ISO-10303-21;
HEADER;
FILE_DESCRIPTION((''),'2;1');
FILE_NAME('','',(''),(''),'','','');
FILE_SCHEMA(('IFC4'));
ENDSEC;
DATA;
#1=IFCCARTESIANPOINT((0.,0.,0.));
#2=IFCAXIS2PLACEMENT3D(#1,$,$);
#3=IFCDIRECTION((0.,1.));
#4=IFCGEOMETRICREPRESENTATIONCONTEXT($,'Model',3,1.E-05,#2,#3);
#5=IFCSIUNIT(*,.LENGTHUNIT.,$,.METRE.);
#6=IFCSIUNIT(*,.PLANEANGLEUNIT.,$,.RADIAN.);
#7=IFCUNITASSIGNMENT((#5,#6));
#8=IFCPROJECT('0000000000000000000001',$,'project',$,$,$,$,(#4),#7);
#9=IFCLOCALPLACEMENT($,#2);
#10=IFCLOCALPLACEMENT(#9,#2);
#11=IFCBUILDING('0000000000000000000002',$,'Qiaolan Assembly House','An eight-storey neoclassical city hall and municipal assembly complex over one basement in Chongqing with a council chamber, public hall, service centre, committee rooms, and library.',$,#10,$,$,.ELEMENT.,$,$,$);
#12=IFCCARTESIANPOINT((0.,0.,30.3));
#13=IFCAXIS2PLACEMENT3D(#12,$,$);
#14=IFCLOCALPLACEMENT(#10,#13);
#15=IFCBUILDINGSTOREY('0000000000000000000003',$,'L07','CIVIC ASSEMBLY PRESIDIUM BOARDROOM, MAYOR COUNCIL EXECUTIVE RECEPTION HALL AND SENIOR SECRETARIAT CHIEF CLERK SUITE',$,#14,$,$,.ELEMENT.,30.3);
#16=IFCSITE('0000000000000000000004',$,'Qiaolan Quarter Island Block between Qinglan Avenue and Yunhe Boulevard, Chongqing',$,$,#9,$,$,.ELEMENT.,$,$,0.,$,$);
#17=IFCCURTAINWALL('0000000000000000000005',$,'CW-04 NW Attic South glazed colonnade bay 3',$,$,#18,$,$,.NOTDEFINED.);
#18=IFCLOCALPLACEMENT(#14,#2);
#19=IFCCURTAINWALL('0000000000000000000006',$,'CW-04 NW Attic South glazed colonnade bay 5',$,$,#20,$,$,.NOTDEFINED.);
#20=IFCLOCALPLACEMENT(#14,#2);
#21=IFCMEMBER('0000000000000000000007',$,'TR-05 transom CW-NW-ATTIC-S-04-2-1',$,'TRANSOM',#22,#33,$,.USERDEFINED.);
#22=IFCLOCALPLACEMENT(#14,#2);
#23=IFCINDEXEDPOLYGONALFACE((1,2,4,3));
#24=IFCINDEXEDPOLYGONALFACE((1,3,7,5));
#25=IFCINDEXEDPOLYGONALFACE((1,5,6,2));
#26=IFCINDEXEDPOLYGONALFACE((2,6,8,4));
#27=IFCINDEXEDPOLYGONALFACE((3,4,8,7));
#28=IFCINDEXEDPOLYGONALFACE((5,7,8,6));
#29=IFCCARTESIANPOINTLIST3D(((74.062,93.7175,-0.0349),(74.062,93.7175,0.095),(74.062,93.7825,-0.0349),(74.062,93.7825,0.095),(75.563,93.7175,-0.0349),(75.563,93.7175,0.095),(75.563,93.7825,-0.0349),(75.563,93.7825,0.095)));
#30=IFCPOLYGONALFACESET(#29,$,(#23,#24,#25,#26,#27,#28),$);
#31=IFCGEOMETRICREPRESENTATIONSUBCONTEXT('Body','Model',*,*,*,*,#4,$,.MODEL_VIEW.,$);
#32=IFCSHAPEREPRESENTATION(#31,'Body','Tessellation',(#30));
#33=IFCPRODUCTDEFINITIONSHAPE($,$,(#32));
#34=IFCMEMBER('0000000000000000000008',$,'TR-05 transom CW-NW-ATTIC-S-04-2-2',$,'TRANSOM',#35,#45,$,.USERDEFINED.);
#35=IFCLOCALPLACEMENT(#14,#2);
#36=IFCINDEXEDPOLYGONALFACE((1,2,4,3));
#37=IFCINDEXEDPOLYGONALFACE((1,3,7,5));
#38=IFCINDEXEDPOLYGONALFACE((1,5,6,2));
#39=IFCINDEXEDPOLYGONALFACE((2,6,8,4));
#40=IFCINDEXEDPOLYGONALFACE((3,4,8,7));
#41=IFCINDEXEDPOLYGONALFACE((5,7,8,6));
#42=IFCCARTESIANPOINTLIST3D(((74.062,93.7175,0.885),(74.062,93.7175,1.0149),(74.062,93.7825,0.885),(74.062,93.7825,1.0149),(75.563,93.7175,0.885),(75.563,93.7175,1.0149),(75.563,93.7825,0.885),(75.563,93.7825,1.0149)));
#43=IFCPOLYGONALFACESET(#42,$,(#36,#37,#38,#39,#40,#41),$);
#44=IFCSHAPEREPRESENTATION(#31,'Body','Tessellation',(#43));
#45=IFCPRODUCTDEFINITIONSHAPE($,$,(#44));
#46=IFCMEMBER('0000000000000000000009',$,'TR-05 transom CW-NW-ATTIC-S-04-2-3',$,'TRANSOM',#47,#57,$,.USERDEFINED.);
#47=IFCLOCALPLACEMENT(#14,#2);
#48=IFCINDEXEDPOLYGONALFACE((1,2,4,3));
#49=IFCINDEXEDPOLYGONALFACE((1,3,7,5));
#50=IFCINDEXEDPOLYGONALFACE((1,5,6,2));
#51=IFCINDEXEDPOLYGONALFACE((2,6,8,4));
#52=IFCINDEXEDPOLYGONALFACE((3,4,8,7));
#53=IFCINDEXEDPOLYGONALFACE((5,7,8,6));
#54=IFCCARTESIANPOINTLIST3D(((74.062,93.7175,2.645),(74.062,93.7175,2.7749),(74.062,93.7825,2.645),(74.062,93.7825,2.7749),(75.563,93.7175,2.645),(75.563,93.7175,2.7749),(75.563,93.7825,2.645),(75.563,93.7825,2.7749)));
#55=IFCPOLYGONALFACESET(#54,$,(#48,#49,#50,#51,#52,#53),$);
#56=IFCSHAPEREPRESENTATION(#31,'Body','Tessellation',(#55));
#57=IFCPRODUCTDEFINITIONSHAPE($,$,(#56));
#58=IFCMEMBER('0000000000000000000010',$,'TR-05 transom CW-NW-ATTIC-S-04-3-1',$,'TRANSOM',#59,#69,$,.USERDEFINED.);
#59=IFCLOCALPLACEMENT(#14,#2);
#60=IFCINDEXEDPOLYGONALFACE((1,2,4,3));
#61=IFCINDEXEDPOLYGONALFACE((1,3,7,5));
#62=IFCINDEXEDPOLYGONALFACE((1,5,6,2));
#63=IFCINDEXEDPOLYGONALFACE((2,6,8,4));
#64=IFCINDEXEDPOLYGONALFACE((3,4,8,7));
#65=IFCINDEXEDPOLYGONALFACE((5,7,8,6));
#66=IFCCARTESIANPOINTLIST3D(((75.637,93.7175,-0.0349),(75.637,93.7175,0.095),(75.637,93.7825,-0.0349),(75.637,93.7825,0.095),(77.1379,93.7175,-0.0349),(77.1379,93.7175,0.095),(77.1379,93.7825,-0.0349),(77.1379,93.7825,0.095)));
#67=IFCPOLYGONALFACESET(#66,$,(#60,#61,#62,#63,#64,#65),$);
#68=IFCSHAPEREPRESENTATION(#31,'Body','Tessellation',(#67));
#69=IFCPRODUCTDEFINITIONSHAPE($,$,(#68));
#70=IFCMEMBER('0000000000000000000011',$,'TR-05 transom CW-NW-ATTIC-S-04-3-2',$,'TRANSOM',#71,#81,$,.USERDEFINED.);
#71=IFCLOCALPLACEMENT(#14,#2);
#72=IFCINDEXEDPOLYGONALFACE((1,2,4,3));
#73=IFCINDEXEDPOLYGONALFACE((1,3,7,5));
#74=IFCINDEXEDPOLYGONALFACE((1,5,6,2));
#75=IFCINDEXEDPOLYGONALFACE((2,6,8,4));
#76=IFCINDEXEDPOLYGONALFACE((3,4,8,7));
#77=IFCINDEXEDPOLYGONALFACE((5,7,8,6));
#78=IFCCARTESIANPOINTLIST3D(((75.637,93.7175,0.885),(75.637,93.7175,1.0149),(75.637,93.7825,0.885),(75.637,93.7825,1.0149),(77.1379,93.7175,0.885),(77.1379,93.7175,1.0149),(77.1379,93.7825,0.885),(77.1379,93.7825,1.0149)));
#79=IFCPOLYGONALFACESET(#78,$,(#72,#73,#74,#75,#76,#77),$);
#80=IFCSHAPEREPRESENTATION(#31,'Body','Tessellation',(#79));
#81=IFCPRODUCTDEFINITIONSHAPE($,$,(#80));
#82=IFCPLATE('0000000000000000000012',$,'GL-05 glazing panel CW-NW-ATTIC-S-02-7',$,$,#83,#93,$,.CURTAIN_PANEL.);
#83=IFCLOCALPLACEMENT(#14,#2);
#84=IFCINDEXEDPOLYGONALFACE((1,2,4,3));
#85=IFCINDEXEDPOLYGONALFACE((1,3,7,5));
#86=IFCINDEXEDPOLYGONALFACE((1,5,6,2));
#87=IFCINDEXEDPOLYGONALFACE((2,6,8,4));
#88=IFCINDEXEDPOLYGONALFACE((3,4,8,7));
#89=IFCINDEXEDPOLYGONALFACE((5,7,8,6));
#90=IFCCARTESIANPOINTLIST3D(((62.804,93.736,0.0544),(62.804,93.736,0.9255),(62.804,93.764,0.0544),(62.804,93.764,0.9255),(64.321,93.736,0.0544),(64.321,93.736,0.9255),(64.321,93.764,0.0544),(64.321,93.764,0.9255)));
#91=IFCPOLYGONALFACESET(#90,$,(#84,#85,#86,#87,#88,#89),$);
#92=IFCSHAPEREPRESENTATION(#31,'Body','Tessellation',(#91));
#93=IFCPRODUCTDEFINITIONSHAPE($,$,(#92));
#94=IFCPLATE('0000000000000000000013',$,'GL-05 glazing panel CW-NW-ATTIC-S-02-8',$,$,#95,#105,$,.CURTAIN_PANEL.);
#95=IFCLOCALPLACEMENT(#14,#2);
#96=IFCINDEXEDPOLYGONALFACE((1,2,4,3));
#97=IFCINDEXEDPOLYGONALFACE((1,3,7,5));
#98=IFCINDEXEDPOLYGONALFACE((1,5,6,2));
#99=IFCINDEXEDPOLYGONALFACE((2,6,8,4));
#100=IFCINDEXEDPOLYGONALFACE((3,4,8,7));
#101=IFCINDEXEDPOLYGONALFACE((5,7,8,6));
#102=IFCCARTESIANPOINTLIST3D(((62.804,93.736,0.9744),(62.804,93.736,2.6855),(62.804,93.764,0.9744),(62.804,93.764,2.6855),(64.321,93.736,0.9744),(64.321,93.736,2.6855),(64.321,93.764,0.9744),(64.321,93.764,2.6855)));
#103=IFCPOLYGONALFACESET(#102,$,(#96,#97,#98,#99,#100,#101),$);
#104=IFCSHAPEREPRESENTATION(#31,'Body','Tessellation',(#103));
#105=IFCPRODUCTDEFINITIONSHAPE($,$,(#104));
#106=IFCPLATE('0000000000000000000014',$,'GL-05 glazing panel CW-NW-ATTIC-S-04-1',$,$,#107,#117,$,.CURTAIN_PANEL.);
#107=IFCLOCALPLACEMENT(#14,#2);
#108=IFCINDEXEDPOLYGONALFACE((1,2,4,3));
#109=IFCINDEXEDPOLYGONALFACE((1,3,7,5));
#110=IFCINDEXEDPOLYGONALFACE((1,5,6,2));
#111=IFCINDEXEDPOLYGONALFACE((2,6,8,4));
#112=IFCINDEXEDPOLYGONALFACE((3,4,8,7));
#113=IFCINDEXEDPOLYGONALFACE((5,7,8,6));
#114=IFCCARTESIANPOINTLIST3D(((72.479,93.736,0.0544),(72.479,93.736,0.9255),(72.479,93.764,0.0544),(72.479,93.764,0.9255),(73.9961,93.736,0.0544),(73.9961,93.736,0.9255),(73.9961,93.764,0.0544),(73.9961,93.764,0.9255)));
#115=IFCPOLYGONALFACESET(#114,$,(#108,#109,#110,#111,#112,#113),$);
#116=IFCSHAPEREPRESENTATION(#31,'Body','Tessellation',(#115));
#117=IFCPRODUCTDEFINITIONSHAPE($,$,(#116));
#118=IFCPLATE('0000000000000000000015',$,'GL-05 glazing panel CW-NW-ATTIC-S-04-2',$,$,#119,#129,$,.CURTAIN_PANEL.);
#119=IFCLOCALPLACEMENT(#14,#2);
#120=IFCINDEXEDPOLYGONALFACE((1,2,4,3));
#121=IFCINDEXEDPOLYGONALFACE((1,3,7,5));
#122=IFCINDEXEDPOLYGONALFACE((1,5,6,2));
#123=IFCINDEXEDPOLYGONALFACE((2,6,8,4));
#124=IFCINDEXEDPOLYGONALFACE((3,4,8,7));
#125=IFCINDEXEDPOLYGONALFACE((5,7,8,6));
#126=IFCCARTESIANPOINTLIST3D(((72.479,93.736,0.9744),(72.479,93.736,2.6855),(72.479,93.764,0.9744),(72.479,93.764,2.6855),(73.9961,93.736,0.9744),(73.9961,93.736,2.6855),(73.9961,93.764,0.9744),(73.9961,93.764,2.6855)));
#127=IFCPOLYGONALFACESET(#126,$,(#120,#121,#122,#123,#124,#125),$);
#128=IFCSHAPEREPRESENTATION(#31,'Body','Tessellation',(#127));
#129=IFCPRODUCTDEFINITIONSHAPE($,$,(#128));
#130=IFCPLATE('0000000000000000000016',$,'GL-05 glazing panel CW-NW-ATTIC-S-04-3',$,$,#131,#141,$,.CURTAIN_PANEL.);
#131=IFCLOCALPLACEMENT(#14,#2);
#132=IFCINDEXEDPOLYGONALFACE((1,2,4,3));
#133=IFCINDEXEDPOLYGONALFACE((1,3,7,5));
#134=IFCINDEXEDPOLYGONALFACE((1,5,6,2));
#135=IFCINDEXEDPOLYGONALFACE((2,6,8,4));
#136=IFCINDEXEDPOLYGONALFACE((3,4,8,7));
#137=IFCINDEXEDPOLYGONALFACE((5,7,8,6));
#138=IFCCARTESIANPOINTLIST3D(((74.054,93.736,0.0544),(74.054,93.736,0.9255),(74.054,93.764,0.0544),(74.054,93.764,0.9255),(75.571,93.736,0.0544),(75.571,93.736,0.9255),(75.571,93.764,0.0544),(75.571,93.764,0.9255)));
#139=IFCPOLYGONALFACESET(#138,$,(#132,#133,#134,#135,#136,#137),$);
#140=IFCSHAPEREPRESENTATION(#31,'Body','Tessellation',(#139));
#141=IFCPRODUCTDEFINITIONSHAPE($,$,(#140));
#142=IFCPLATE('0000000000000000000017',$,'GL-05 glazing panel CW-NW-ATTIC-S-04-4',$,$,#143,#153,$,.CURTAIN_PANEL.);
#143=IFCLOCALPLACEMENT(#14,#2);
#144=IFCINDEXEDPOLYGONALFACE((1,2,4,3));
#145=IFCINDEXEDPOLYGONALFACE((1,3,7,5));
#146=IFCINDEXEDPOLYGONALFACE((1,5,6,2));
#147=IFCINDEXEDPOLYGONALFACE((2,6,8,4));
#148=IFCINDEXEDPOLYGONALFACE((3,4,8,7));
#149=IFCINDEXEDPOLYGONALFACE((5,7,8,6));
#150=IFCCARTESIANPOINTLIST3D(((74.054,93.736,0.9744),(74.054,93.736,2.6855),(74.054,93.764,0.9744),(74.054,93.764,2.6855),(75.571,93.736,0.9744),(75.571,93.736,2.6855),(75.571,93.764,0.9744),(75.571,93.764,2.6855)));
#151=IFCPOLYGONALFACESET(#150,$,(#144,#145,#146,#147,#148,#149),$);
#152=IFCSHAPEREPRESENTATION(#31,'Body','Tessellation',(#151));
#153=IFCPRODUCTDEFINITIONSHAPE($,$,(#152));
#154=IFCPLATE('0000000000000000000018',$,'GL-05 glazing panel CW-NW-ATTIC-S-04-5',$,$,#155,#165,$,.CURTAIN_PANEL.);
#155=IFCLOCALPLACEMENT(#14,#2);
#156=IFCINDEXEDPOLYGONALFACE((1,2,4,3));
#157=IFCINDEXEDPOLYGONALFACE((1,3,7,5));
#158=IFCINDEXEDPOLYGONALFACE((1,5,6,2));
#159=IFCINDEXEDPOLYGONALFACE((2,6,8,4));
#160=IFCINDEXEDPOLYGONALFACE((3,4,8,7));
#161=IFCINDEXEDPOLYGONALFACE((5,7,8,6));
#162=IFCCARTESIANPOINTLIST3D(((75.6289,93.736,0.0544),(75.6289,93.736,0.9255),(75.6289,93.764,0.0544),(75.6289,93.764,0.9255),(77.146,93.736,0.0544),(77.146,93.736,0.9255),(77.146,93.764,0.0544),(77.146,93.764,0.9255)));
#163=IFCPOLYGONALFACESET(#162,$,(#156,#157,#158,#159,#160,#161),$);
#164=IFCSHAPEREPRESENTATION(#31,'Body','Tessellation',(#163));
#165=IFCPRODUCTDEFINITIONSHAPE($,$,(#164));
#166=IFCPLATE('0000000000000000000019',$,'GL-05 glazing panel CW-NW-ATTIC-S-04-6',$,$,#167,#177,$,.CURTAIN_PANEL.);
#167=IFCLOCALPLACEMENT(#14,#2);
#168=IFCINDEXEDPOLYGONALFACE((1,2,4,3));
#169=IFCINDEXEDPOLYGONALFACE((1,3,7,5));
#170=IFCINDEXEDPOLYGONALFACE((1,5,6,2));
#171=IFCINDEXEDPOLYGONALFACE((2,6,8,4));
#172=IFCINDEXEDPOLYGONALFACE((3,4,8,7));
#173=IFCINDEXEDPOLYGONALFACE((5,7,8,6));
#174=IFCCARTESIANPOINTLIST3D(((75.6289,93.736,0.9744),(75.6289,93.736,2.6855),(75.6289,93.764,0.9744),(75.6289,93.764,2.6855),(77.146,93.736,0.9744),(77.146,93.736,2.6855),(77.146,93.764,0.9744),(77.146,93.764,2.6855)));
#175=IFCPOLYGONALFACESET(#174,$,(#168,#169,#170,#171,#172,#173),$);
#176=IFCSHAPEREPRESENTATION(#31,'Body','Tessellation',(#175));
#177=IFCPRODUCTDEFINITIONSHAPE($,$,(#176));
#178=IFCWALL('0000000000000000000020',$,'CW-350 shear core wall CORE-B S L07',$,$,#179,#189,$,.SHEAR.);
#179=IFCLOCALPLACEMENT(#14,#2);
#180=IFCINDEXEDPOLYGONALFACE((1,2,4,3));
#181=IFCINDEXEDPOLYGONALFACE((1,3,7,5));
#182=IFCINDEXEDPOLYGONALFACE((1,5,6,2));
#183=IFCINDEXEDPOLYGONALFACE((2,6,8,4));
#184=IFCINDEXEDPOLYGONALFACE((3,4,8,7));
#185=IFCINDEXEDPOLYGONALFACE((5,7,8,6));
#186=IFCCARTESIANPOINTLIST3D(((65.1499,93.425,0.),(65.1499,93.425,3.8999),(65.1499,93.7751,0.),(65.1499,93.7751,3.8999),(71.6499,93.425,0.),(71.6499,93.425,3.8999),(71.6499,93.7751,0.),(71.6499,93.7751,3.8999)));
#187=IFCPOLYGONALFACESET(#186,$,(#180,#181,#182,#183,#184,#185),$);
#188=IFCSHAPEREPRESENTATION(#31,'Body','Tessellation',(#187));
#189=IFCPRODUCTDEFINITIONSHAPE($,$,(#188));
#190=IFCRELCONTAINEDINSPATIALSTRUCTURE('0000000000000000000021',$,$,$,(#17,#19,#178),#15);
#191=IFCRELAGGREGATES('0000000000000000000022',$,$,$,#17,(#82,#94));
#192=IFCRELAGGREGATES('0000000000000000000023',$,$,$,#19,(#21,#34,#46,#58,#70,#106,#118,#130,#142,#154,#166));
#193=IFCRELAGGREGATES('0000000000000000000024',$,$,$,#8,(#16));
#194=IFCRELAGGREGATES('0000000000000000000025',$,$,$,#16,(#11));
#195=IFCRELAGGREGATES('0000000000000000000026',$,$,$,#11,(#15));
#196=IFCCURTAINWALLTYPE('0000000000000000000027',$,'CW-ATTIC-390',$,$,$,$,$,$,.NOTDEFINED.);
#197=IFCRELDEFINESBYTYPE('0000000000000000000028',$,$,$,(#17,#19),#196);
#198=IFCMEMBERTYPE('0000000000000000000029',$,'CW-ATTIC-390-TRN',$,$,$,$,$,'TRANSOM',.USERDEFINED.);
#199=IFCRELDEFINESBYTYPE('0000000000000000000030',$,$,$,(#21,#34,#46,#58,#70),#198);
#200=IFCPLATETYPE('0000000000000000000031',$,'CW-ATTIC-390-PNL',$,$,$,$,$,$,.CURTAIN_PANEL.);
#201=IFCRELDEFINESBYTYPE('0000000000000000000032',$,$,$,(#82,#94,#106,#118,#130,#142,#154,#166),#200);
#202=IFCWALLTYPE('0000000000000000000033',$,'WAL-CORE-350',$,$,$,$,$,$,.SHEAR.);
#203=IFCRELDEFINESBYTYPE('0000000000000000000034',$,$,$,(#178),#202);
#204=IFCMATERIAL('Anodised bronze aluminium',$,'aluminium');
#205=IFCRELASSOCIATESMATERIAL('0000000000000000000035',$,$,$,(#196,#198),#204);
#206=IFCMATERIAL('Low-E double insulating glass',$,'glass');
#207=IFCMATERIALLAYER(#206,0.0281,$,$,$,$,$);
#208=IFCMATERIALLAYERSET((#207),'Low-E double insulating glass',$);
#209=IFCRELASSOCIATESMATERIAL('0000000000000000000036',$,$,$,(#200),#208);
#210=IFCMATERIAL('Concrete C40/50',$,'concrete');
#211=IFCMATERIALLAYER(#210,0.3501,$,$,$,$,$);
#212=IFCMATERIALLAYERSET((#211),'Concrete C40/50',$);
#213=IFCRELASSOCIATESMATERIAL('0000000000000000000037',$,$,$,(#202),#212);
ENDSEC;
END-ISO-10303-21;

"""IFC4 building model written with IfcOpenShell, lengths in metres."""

from ifc_helpers import new_model, si_unit, direction, frame, frame_2d, origin, origin_2d, place, context, subcontext, project, spatial, rectangle, extrude, material, layer, layer_set, material_profile, profile_set, type_object, element, aggregate, save


model = new_model("IFC4")

# Units and contexts
model_context = context("Model", 3, precision=1e-05, world=origin(), true_north=direction((0.0, 1.0)))
body_context = subcontext(model_context, "Body", "Model", "MODEL_VIEW")
ifc_project = project(units=[si_unit("LENGTHUNIT", "METRE"), si_unit("PLANEANGLEUNIT", "RADIAN")], contexts=[model_context])

# Site, building, storey
site_placement = place(None, origin())
site = spatial("IfcSite", under=ifc_project, at=site_placement, Name="Qiaolan Quarter Island Block between Qinglan Avenue and Yunhe Boulevard, Chongqing", CompositionType="ELEMENT", RefElevation=0.0)
building_placement = place(site_placement, origin())
building = spatial("IfcBuilding", under=site, at=building_placement, Name="Qiaolan Assembly House", Description="An eight-storey neoclassical city hall and municipal assembly complex over one basement in Chongqing with a council chamber, public hall, service centre, committee rooms, and library.", CompositionType="ELEMENT")
storey_placement = place(building_placement, frame((0.0, 0.0, 30.3)))
storey = spatial("IfcBuildingStorey", under=building, at=storey_placement, Name="L07", Description="CIVIC ASSEMBLY PRESIDIUM BOARDROOM, MAYOR COUNCIL EXECUTIVE RECEPTION HALL AND SENIOR SECRETARIAT CHIEF CLERK SUITE", CompositionType="ELEMENT", Elevation=30.3)

# Shared definitions
ifc_material_1 = material(Name="Concrete C40/50", Category="concrete")

# Curtain walls
ifc_material_2 = material(Name="Anodised bronze aluminium", Category="aluminium")
curtain_wall_type = type_object("IfcCurtainWallType", Name="CW-ATTIC-390", PredefinedType="NOTDEFINED", material=ifc_material_2)
curtain_wall_1_placement = place(storey_placement, origin())
curtain_wall_1 = element("IfcCurtainWall", 1, at=curtain_wall_1_placement, inside=storey, type_object=curtain_wall_type, Name="CW-04 NW Attic South glazed colonnade bay 3", PredefinedType="NOTDEFINED")
curtain_wall_2_placement = place(storey_placement, origin())
curtain_wall_2 = element("IfcCurtainWall", 2, at=curtain_wall_2_placement, inside=storey, type_object=curtain_wall_type, Name="CW-04 NW Attic South glazed colonnade bay 5", PredefinedType="NOTDEFINED")

# Members
ifc_material_profile_1 = material_profile(ifc_material_2, rectangle(XDim=0.0649, YDim=0.1299, at=origin_2d()), Name="TRN 65x130")
ifc_profile_set_1 = profile_set([ifc_material_profile_1], Name="Anodised bronze aluminium")
member_type_1 = type_object("IfcMemberType", Name="CW-ATTIC-390-TRN", ElementType="TRANSOM", PredefinedType="USERDEFINED", material=ifc_profile_set_1)
member_1_placement = place(storey_placement, frame((74.062, 93.75, 0.03), z_axis=(1.0, 0.0, 0.0), x_axis=(0.0, 1.0, 0.0)))
member_1 = element("IfcMember", 3, at=member_1_placement, type_object=member_type_1, Name="TR-05 transom CW-NW-ATTIC-S-04-2-1", ObjectType="TRANSOM", PredefinedType="USERDEFINED", context=body_context, shape_type="SweptSolid", body=[
    extrude(rectangle(XDim=0.0649, YDim=0.1299, at=origin_2d()), origin(), (0.0, 0.0, 1.0), 1.501),
])
member_2_placement = place(storey_placement, frame((74.062, 93.75, 0.95), z_axis=(1.0, 0.0, 0.0), x_axis=(0.0, 1.0, 0.0)))
member_2 = element("IfcMember", 4, at=member_2_placement, type_object=member_type_1, Name="TR-05 transom CW-NW-ATTIC-S-04-2-2", ObjectType="TRANSOM", PredefinedType="USERDEFINED", context=body_context, shape_type="SweptSolid", body=[
    extrude(rectangle(XDim=0.0649, YDim=0.1299, at=origin_2d()), origin(), (0.0, 0.0, 1.0), 1.501),
])
member_3_placement = place(storey_placement, frame((74.062, 93.75, 2.71), z_axis=(1.0, 0.0, 0.0), x_axis=(0.0, 1.0, 0.0)))
member_3 = element("IfcMember", 5, at=member_3_placement, type_object=member_type_1, Name="TR-05 transom CW-NW-ATTIC-S-04-2-3", ObjectType="TRANSOM", PredefinedType="USERDEFINED", context=body_context, shape_type="SweptSolid", body=[
    extrude(rectangle(XDim=0.0649, YDim=0.1299, at=origin_2d()), origin(), (0.0, 0.0, 1.0), 1.501),
])
member_4_placement = place(storey_placement, frame((75.637, 93.75, 0.03), z_axis=(1.0, 0.0, 0.0), x_axis=(0.0, 1.0, 0.0)))
member_4 = element("IfcMember", 6, at=member_4_placement, type_object=member_type_1, Name="TR-05 transom CW-NW-ATTIC-S-04-3-1", ObjectType="TRANSOM", PredefinedType="USERDEFINED", context=body_context, shape_type="SweptSolid", body=[
    extrude(rectangle(XDim=0.0649, YDim=0.1299, at=origin_2d()), origin(), (0.0, 0.0, 1.0), 1.501),
])
member_5_placement = place(storey_placement, frame((75.637, 93.75, 0.95), z_axis=(1.0, 0.0, 0.0), x_axis=(0.0, 1.0, 0.0)))
member_5 = element("IfcMember", 7, at=member_5_placement, type_object=member_type_1, Name="TR-05 transom CW-NW-ATTIC-S-04-3-2", ObjectType="TRANSOM", PredefinedType="USERDEFINED", context=body_context, shape_type="SweptSolid", body=[
    extrude(rectangle(XDim=0.0649, YDim=0.1299, at=origin_2d()), origin(), (0.0, 0.0, 1.0), 1.501),
])

# Plates
ifc_material_3 = material(Name="Low-E double insulating glass", Category="glass")
ifc_layer_1 = layer(ifc_material_3, 0.0281)
ifc_layer_set_1 = layer_set([ifc_layer_1], Name="Low-E double insulating glass")
plate_type = type_object("IfcPlateType", Name="CW-ATTIC-390-PNL", PredefinedType="CURTAIN_PANEL", material=ifc_layer_set_1)
plate_1_placement = place(storey_placement, frame((62.804, 93.75, 0.0544), z_axis=(0.0, 0.0, 1.0), x_axis=(1.0, 0.0, 0.0)))
plate_1 = element("IfcPlate", 8, at=plate_1_placement, type_object=plate_type, Name="GL-05 glazing panel CW-NW-ATTIC-S-02-7", PredefinedType="CURTAIN_PANEL", context=body_context, shape_type="SweptSolid", body=[
    extrude(rectangle(XDim=1.5171, YDim=0.0281, at=frame_2d((0.7585, 0.0))), origin(), (0.0, 0.0, 1.0), 0.8711),
])
plate_2_placement = place(storey_placement, frame((62.804, 93.75, 0.9744), z_axis=(0.0, 0.0, 1.0), x_axis=(1.0, 0.0, 0.0)))
plate_2 = element("IfcPlate", 9, at=plate_2_placement, type_object=plate_type, Name="GL-05 glazing panel CW-NW-ATTIC-S-02-8", PredefinedType="CURTAIN_PANEL", context=body_context, shape_type="SweptSolid", body=[
    extrude(rectangle(XDim=1.5171, YDim=0.0281, at=frame_2d((0.7585, 0.0))), origin(), (0.0, 0.0, 1.0), 1.7112),
])
aggregate(curtain_wall_1, [plate_1, plate_2])
plate_3_placement = place(storey_placement, frame((72.479, 93.75, 0.0544), z_axis=(0.0, 0.0, 1.0), x_axis=(1.0, 0.0, 0.0)))
plate_3 = element("IfcPlate", 10, at=plate_3_placement, type_object=plate_type, Name="GL-05 glazing panel CW-NW-ATTIC-S-04-1", PredefinedType="CURTAIN_PANEL", context=body_context, shape_type="SweptSolid", body=[
    extrude(rectangle(XDim=1.5171, YDim=0.0281, at=frame_2d((0.7585, 0.0))), origin(), (0.0, 0.0, 1.0), 0.8711),
])
plate_4_placement = place(storey_placement, frame((72.479, 93.75, 0.9744), z_axis=(0.0, 0.0, 1.0), x_axis=(1.0, 0.0, 0.0)))
plate_4 = element("IfcPlate", 11, at=plate_4_placement, type_object=plate_type, Name="GL-05 glazing panel CW-NW-ATTIC-S-04-2", PredefinedType="CURTAIN_PANEL", context=body_context, shape_type="SweptSolid", body=[
    extrude(rectangle(XDim=1.5171, YDim=0.0281, at=frame_2d((0.7585, 0.0))), origin(), (0.0, 0.0, 1.0), 1.7112),
])
plate_5_placement = place(storey_placement, frame((74.054, 93.75, 0.0544), z_axis=(0.0, 0.0, 1.0), x_axis=(1.0, 0.0, 0.0)))
plate_5 = element("IfcPlate", 12, at=plate_5_placement, type_object=plate_type, Name="GL-05 glazing panel CW-NW-ATTIC-S-04-3", PredefinedType="CURTAIN_PANEL", context=body_context, shape_type="SweptSolid", body=[
    extrude(rectangle(XDim=1.5171, YDim=0.0281, at=frame_2d((0.7585, 0.0))), origin(), (0.0, 0.0, 1.0), 0.8711),
])
plate_6_placement = place(storey_placement, frame((74.054, 93.75, 0.9744), z_axis=(0.0, 0.0, 1.0), x_axis=(1.0, 0.0, 0.0)))
plate_6 = element("IfcPlate", 13, at=plate_6_placement, type_object=plate_type, Name="GL-05 glazing panel CW-NW-ATTIC-S-04-4", PredefinedType="CURTAIN_PANEL", context=body_context, shape_type="SweptSolid", body=[
    extrude(rectangle(XDim=1.5171, YDim=0.0281, at=frame_2d((0.7585, 0.0))), origin(), (0.0, 0.0, 1.0), 1.7112),
])
plate_7_placement = place(storey_placement, frame((75.6289, 93.75, 0.0544), z_axis=(0.0, 0.0, 1.0), x_axis=(1.0, 0.0, 0.0)))
plate_7 = element("IfcPlate", 14, at=plate_7_placement, type_object=plate_type, Name="GL-05 glazing panel CW-NW-ATTIC-S-04-5", PredefinedType="CURTAIN_PANEL", context=body_context, shape_type="SweptSolid", body=[
    extrude(rectangle(XDim=1.5171, YDim=0.0281, at=frame_2d((0.7585, 0.0))), origin(), (0.0, 0.0, 1.0), 0.8711),
])
plate_8_placement = place(storey_placement, frame((75.6289, 93.75, 0.9744), z_axis=(0.0, 0.0, 1.0), x_axis=(1.0, 0.0, 0.0)))
plate_8 = element("IfcPlate", 15, at=plate_8_placement, type_object=plate_type, Name="GL-05 glazing panel CW-NW-ATTIC-S-04-6", PredefinedType="CURTAIN_PANEL", context=body_context, shape_type="SweptSolid", body=[
    extrude(rectangle(XDim=1.5171, YDim=0.0281, at=frame_2d((0.7585, 0.0))), origin(), (0.0, 0.0, 1.0), 1.7112),
])
aggregate(curtain_wall_2, [member_1, member_2, member_3, member_4, member_5, plate_3, plate_4, plate_5, plate_6, plate_7, plate_8])

# Wall
ifc_layer_2 = layer(ifc_material_1, 0.3501)
ifc_layer_set_2 = layer_set([ifc_layer_2], Name="Concrete C40/50")
wall_type_1 = type_object("IfcWallType", Name="WAL-CORE-350", PredefinedType="SHEAR", material=ifc_layer_set_2)
wall_1_placement = place(storey_placement, frame((65.1499, 93.6001, 0.0), z_axis=(0.0, 0.0, 1.0), x_axis=(1.0, 0.0, 0.0)))
element("IfcWall", 16, at=wall_1_placement, inside=storey, type_object=wall_type_1, Name="CW-350 shear core wall CORE-B S L07", PredefinedType="SHEAR", context=body_context, shape_type="SweptSolid", body=[
    extrude(rectangle(XDim=6.5, YDim=0.3501, at=frame_2d((3.25, 0.0))), origin(), (0.0, 0.0, 1.0), 3.8999),
])

save(model, "model.ifc")
